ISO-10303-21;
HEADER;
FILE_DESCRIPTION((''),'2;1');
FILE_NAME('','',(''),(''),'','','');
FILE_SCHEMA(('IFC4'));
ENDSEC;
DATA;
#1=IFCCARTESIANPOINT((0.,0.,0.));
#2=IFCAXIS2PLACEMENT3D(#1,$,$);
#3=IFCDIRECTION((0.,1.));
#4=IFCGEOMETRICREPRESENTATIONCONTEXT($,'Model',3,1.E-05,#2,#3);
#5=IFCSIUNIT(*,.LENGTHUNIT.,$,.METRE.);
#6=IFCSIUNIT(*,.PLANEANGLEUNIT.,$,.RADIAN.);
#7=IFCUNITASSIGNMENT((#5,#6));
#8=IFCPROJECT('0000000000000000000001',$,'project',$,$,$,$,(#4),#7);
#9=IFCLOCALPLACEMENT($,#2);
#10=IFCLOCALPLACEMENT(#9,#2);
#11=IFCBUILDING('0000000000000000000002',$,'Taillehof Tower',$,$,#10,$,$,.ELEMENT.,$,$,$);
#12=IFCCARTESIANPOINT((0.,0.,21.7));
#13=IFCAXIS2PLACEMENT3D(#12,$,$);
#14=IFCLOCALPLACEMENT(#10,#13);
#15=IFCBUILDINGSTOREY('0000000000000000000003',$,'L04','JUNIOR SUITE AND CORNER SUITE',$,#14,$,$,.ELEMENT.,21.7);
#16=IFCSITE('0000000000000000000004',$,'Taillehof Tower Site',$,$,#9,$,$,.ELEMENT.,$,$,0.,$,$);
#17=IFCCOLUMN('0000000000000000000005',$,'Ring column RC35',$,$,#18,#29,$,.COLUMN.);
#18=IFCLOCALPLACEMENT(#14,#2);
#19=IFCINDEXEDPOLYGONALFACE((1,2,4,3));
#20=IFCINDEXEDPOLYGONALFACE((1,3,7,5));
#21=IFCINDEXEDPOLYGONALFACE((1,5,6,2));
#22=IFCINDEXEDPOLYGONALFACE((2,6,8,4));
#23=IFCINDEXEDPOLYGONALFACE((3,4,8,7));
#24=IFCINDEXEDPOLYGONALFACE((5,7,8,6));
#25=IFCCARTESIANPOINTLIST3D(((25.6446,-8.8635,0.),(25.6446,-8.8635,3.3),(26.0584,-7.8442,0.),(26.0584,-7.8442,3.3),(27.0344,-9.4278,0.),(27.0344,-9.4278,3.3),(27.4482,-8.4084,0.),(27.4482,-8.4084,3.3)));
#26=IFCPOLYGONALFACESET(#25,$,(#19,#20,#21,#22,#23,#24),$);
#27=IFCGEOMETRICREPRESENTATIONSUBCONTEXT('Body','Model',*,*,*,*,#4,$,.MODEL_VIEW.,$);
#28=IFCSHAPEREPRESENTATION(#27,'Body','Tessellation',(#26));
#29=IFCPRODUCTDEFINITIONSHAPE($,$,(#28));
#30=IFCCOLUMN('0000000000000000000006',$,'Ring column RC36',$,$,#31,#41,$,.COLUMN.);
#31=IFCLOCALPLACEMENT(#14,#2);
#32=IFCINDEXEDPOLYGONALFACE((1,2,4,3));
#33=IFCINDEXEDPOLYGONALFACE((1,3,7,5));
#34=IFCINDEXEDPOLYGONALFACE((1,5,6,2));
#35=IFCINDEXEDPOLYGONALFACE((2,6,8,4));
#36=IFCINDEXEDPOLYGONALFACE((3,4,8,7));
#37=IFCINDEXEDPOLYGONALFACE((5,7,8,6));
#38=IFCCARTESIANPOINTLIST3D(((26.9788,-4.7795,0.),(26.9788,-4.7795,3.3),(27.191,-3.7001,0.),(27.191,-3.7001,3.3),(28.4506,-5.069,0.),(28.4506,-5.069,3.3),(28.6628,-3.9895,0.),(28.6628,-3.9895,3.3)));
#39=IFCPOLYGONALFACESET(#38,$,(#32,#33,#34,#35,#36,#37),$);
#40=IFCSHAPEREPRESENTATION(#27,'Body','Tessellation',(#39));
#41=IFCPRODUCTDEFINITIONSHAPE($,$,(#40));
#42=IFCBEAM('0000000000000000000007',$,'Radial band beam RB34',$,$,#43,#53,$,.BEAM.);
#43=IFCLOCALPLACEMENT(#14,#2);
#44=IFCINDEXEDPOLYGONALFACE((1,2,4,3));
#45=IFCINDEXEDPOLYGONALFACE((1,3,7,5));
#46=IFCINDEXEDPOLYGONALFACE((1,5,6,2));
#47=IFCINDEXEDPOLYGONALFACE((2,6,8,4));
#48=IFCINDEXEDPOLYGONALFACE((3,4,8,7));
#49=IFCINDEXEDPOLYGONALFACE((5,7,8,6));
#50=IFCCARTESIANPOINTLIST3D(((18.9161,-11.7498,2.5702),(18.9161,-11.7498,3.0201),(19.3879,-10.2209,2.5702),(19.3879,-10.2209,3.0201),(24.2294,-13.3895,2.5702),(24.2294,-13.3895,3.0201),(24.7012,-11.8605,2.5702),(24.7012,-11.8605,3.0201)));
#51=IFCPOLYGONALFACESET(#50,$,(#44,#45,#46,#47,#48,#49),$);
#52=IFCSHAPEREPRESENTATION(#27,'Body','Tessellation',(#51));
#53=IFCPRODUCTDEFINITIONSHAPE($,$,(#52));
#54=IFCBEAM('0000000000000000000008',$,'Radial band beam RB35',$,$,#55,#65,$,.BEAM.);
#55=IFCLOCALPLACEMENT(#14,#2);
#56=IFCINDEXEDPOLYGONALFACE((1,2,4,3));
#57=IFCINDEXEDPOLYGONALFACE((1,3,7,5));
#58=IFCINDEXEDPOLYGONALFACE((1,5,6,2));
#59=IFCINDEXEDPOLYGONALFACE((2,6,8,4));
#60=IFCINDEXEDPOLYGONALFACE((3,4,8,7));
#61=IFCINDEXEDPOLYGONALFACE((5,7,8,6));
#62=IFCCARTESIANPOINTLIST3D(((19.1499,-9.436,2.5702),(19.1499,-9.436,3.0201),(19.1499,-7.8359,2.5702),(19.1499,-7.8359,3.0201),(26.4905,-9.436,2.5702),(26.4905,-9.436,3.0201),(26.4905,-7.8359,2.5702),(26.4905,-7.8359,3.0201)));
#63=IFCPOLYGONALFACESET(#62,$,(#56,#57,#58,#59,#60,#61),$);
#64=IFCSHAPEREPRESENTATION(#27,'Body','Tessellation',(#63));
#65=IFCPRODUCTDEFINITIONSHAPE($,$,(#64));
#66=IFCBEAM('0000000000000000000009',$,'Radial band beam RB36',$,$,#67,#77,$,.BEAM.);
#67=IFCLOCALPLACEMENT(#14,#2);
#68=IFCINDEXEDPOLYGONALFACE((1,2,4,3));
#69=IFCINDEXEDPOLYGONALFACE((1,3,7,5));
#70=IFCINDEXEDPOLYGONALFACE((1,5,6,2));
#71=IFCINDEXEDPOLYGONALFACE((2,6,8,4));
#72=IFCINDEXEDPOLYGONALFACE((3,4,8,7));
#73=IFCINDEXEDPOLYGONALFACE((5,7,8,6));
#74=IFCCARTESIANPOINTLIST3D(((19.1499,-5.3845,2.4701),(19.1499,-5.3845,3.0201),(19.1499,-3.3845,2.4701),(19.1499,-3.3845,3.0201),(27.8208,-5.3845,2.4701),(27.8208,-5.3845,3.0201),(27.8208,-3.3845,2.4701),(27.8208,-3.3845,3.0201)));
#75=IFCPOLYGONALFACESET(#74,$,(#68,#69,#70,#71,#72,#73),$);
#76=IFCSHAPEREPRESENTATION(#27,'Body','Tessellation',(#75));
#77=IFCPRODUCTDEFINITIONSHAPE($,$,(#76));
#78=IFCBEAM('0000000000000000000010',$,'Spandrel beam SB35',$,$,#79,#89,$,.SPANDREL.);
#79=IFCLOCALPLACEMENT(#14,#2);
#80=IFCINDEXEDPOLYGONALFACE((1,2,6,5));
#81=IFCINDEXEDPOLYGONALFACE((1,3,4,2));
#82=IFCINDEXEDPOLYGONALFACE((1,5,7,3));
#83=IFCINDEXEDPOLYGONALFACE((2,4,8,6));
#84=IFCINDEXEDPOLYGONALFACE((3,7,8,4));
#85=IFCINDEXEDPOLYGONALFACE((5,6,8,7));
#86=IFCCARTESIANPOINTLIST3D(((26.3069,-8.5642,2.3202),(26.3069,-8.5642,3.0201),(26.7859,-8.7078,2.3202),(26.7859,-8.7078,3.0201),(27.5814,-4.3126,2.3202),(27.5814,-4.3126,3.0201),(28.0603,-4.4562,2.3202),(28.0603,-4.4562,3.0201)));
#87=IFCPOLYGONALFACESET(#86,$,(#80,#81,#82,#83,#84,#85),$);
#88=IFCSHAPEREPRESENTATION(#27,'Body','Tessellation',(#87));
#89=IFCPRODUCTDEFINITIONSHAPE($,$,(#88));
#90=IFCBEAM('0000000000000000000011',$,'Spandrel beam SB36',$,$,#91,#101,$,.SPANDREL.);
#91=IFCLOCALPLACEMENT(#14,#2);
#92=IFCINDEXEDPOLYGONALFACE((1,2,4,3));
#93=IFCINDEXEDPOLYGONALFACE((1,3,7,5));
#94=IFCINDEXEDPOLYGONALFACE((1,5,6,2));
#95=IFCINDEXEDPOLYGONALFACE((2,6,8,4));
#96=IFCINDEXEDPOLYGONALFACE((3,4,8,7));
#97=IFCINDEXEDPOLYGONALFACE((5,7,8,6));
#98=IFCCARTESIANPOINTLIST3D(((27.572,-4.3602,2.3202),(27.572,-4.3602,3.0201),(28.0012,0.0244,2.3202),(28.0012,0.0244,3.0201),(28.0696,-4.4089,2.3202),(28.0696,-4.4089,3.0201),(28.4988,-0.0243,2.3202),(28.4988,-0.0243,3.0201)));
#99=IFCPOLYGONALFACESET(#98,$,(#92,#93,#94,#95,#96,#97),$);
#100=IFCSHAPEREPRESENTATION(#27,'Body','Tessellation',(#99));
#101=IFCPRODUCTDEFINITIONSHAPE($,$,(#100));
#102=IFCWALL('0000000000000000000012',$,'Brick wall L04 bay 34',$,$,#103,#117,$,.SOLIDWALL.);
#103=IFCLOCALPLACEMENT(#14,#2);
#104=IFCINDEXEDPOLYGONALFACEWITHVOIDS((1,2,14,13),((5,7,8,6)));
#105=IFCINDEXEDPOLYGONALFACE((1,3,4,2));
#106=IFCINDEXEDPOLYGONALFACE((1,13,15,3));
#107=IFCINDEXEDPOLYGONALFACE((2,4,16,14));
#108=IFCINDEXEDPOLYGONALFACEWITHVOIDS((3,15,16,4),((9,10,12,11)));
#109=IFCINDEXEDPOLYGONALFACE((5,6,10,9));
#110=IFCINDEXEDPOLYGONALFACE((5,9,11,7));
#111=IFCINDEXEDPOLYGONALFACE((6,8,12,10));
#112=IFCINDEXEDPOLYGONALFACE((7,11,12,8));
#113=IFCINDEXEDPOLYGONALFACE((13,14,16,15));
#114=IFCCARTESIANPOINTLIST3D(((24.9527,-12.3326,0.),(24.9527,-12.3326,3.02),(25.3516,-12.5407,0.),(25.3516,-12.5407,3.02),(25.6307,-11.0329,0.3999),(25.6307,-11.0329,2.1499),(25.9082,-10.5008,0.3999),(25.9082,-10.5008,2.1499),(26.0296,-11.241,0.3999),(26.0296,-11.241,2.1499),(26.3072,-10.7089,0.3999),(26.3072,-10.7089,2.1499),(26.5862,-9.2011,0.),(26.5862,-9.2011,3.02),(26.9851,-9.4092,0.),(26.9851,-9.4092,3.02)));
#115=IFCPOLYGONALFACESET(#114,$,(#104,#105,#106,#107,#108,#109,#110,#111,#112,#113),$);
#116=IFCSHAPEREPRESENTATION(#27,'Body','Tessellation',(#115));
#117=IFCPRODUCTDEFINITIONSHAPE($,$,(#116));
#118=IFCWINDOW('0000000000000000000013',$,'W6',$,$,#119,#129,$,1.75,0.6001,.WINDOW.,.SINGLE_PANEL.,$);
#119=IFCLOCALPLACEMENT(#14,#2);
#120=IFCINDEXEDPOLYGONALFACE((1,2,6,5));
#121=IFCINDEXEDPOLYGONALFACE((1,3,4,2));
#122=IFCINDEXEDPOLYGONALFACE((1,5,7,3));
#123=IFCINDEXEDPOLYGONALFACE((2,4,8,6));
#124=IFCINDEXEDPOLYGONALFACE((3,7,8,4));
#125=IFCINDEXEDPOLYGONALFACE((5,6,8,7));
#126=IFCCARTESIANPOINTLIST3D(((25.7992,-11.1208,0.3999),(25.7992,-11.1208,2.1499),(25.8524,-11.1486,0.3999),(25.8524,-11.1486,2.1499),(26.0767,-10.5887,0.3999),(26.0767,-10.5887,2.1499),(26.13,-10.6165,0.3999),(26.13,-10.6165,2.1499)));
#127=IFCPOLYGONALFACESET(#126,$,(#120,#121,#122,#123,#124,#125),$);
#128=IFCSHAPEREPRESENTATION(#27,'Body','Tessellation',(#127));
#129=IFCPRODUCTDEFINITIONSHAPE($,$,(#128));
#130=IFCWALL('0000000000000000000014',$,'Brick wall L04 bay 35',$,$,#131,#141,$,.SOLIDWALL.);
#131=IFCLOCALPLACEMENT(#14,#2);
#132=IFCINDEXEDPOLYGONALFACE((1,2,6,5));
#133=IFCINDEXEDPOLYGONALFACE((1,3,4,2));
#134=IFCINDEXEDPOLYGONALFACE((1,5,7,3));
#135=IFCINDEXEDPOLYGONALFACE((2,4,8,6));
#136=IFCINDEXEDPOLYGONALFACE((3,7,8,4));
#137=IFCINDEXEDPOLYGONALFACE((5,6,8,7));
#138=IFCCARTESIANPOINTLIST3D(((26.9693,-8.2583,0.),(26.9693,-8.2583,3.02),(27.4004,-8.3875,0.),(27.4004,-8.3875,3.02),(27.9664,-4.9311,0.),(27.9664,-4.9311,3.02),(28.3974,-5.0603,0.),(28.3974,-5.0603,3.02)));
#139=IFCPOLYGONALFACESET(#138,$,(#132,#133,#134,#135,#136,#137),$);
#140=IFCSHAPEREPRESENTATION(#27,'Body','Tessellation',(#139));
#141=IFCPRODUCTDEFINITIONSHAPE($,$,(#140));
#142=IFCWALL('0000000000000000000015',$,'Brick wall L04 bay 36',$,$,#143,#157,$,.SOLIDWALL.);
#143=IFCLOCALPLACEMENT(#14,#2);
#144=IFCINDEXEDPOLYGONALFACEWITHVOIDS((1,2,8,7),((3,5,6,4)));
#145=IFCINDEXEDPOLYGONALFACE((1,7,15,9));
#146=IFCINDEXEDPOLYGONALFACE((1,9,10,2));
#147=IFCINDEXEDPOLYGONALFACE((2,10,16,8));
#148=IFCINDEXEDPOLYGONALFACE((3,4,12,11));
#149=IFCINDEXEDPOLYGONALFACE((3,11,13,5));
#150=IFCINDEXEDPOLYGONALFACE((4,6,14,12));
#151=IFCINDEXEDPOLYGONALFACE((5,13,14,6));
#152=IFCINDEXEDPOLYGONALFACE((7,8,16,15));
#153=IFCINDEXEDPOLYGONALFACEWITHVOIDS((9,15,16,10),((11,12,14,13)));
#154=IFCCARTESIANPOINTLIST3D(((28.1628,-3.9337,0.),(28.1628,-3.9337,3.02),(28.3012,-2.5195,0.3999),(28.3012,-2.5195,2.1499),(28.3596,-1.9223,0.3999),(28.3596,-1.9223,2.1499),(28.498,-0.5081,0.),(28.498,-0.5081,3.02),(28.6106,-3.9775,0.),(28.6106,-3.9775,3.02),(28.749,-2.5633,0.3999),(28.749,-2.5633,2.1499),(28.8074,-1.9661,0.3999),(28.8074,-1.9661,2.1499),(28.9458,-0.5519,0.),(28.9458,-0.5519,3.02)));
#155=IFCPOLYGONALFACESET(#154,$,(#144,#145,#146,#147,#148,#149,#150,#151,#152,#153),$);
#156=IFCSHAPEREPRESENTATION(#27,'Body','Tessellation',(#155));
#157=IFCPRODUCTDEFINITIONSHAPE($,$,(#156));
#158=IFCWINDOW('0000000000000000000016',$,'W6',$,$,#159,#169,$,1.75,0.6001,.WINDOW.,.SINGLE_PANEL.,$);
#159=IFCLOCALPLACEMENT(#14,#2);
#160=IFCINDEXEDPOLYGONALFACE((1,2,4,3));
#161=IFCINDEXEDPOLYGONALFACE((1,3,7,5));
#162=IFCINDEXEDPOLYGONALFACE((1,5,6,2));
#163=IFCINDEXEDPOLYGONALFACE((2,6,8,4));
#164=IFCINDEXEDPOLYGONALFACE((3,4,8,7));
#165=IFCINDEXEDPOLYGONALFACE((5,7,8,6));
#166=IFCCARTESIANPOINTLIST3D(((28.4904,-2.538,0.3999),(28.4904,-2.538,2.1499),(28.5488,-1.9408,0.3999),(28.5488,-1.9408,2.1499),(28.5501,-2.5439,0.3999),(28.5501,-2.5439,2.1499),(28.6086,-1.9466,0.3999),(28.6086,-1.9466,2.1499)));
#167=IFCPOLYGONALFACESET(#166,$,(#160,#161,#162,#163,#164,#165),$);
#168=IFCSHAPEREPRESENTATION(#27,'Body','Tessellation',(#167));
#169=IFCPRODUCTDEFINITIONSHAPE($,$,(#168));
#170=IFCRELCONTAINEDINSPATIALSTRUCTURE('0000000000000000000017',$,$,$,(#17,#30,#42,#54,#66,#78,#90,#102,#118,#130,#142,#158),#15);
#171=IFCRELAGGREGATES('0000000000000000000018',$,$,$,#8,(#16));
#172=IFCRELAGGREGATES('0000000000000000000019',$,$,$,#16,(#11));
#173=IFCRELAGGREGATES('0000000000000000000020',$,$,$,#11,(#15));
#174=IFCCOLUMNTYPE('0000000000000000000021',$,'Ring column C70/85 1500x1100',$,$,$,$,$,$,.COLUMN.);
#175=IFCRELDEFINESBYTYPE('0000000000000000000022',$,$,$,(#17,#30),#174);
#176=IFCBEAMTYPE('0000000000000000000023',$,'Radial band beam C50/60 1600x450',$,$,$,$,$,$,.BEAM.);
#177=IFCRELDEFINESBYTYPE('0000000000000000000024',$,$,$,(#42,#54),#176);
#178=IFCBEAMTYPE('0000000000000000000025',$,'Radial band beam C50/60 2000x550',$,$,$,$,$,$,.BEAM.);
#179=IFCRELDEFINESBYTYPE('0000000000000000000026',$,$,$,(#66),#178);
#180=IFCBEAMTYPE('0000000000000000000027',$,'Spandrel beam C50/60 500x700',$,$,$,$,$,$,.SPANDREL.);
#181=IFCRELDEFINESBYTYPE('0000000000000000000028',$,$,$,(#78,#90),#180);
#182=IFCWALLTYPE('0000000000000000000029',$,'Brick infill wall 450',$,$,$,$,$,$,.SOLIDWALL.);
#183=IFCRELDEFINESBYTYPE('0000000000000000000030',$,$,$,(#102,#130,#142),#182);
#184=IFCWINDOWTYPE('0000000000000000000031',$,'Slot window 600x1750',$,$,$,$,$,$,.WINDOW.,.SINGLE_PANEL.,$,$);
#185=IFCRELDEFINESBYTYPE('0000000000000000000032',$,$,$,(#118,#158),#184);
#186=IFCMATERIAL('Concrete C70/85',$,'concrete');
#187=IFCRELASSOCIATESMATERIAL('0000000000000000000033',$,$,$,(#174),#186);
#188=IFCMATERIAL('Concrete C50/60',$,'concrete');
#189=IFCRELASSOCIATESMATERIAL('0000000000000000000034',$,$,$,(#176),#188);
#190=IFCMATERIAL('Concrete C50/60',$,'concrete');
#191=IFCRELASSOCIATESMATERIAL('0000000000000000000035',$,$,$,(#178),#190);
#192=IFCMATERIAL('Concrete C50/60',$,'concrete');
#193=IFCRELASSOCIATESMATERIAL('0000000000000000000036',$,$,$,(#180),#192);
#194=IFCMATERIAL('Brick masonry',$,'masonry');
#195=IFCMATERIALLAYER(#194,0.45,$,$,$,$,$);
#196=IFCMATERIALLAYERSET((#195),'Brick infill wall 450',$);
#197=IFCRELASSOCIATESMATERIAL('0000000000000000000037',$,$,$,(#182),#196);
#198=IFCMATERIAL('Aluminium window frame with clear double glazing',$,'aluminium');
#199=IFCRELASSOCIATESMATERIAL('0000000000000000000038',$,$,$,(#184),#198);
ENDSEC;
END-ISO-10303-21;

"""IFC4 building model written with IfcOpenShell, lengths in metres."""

from ifc_helpers import new_model, si_unit, direction, frame, frame_2d, origin, origin_2d, place, context, subcontext, project, spatial, rectangle, extrude, material, layer, layer_set, material_profile, profile_set, type_object, element, fill, save


model = new_model("IFC4")

# Units and contexts
model_context = context("Model", 3, precision=1e-05, world=origin(), true_north=direction((0.0, 1.0)))
body_context = subcontext(model_context, "Body", "Model", "MODEL_VIEW")
ifc_project = project(units=[si_unit("LENGTHUNIT", "METRE"), si_unit("PLANEANGLEUNIT", "RADIAN")], contexts=[model_context])

# Site, building, storey
site_placement = place(None, origin())
site = spatial("IfcSite", under=ifc_project, at=site_placement, Name="Taillehof Tower Site", CompositionType="ELEMENT", RefElevation=0.0)
building_placement = place(site_placement, origin())
building = spatial("IfcBuilding", under=site, at=building_placement, Name="Taillehof Tower", CompositionType="ELEMENT")
storey_placement = place(building_placement, frame((0.0, 0.0, 21.7)))
storey = spatial("IfcBuildingStorey", under=building, at=storey_placement, Name="L04", Description="JUNIOR SUITE AND CORNER SUITE", CompositionType="ELEMENT", Elevation=21.7)

# Columns
ifc_material_1 = material(Name="Concrete C70/85", Category="concrete")
ifc_material_profile_1 = material_profile(ifc_material_1, rectangle(XDim=1.5, YDim=1.1001, at=origin_2d()), Name="RC 1500x1100")
ifc_profile_set_1 = profile_set([ifc_material_profile_1], Name="Concrete C70/85")
column_type = type_object("IfcColumnType", Name="Ring column C70/85 1500x1100", PredefinedType="COLUMN", material=ifc_profile_set_1)
for number, where, z_axis, x_axis, name in (
    (1, (26.5464, -8.636, 0.0), (0.0, 0.0, 1.0), (0.926558, -0.376152, 0.0), "Ring column RC35"),
    (2, (27.8208, -4.3845, 0.0), (0.0, 0.0, 1.0), (0.981204, -0.192976, 0.0), "Ring column RC36"),
):
    element("IfcColumn", number, at=place(storey_placement, frame(where, z_axis=z_axis, x_axis=x_axis)), inside=storey, type_object=column_type, Name=name, PredefinedType="COLUMN", context=body_context, shape_type="SweptSolid", body=[
        extrude(rectangle(XDim=1.5, YDim=1.1001, at=origin_2d()), origin(), (0.0, 0.0, 1.0), 3.3),
    ])

# Beams
ifc_material_2 = material(Name="Concrete C50/60", Category="concrete")
ifc_material_profile_2 = material_profile(ifc_material_2, rectangle(XDim=1.6001, YDim=0.45, at=origin_2d()), Name="RC 1600x450")
ifc_profile_set_2 = profile_set([ifc_material_profile_2], Name="Concrete C50/60")
beam_type_1 = type_object("IfcBeamType", Name="Radial band beam C50/60 1600x450", PredefinedType="BEAM", material=ifc_profile_set_2)
beam_1_placement = place(storey_placement, frame((24.4653, -12.625, 2.7952), z_axis=(-0.955536, 0.294876, 0.0), x_axis=(-0.294876, -0.955536, 0.0)))
element("IfcBeam", 3, at=beam_1_placement, inside=storey, type_object=beam_type_1, Name="Radial band beam RB34", PredefinedType="BEAM", context=body_context, shape_type="SweptSolid", body=[
    extrude(rectangle(XDim=1.6001, YDim=0.45, at=origin_2d()), origin(), (0.0, 0.0, 1.0), 5.5605),
])
beam_2_placement = place(storey_placement, frame((26.4905, -8.636, 2.7952), z_axis=(-1.0, 0.0, 0.0), x_axis=(0.0, -1.0, 0.0)))
element("IfcBeam", 4, at=beam_2_placement, inside=storey, type_object=beam_type_1, Name="Radial band beam RB35", PredefinedType="BEAM", context=body_context, shape_type="SweptSolid", body=[
    extrude(rectangle(XDim=1.6001, YDim=0.45, at=origin_2d()), origin(), (0.0, 0.0, 1.0), 7.3406),
])
ifc_material_3 = material(Name="Concrete C50/60", Category="concrete")
ifc_material_profile_3 = material_profile(ifc_material_3, rectangle(XDim=2.0, YDim=0.55, at=origin_2d()), Name="RC 2000x550")
ifc_profile_set_3 = profile_set([ifc_material_profile_3], Name="Concrete C50/60")
beam_type_2 = type_object("IfcBeamType", Name="Radial band beam C50/60 2000x550", PredefinedType="BEAM", material=ifc_profile_set_3)
beam_3_placement = place(storey_placement, frame((27.8208, -4.3845, 2.7451), z_axis=(-1.0, 0.0, 0.0), x_axis=(0.0, -1.0, 0.0)))
element("IfcBeam", 5, at=beam_3_placement, inside=storey, type_object=beam_type_2, Name="Radial band beam RB36", PredefinedType="BEAM", context=body_context, shape_type="SweptSolid", body=[
    extrude(rectangle(XDim=2.0, YDim=0.55, at=origin_2d()), origin(), (0.0, 0.0, 1.0), 8.6709),
])
ifc_material_4 = material(Name="Concrete C50/60", Category="concrete")
ifc_material_profile_4 = material_profile(ifc_material_4, rectangle(XDim=0.5, YDim=0.7, at=origin_2d()), Name="RC 500x700")
ifc_profile_set_4 = profile_set([ifc_material_profile_4], Name="Concrete C50/60")
beam_type_3 = type_object("IfcBeamType", Name="Spandrel beam C50/60 500x700", PredefinedType="SPANDREL", material=ifc_profile_set_4)
beam_4_placement = place(storey_placement, frame((26.5464, -8.636, 2.6702), z_axis=(0.287136, 0.95789, 0.0), x_axis=(-0.95789, 0.287136, 0.0)))
element("IfcBeam", 6, at=beam_4_placement, inside=storey, type_object=beam_type_3, Name="Spandrel beam SB35", PredefinedType="SPANDREL", context=body_context, shape_type="SweptSolid", body=[
    extrude(rectangle(XDim=0.5, YDim=0.7, at=origin_2d()), origin(), (0.0, 0.0, 1.0), 4.4385),
])
beam_5_placement = place(storey_placement, frame((27.8208, -4.3845, 2.6702), z_axis=(0.097424, 0.995243, 0.0), x_axis=(-0.995243, 0.097424, 0.0)))
element("IfcBeam", 7, at=beam_5_placement, inside=storey, type_object=beam_type_3, Name="Spandrel beam SB36", PredefinedType="SPANDREL", context=body_context, shape_type="SweptSolid", body=[
    extrude(rectangle(XDim=0.5, YDim=0.7, at=origin_2d()), origin(), (0.0, 0.0, 1.0), 4.4055),
])

# Wall, opening, window
ifc_material_5 = material(Name="Brick masonry", Category="masonry")
ifc_layer_1 = layer(ifc_material_5, 0.45)
ifc_layer_set_1 = layer_set([ifc_layer_1], Name="Brick infill wall 450")
wall_type_1 = type_object("IfcWallType", Name="Brick infill wall 450", PredefinedType="SOLIDWALL", material=ifc_layer_set_1)
wall_1_placement = place(storey_placement, frame((25.1521, -12.4368, 0.0), z_axis=(0.0, 0.0, 1.0), x_axis=(0.462493, 0.886623, 0.0)))
wall_1 = element("IfcWall", 8, at=wall_1_placement, inside=storey, type_object=wall_type_1, Name="Brick wall L04 bay 34", PredefinedType="SOLIDWALL", context=body_context, shape_type="SweptSolid", body=[
    extrude(rectangle(XDim=3.532, YDim=0.45, at=frame_2d((1.7661, 0.0))), origin(), (0.0, 0.0, 1.0), 3.02),
])
opening_1_placement = place(wall_1_placement, frame((1.4661, 0.0, 0.3999)))
opening_1 = element("IfcOpeningElement", 9, at=opening_1_placement, cuts=wall_1, PredefinedType="OPENING", context=body_context, shape_type="SweptSolid", body=[
    extrude(rectangle(XDim=0.6001, YDim=1.75, at=frame_2d((0.3, 0.875))), frame((0.0, 0.2349, 0.0), z_axis=(0.0, -1.0, 0.0), x_axis=(1.0, 0.0, 0.0)), (0.0, 0.0, 1.0), 0.47),
])
ifc_material_6 = material(Name="Aluminium window frame with clear double glazing", Category="aluminium")
window_type = type_object("IfcWindowType", Name="Slot window 600x1750", PartitioningType="SINGLE_PANEL", PredefinedType="WINDOW", material=ifc_material_6)
window_1_placement = place(opening_1_placement, origin())
window_1 = element("IfcWindow", 10, at=window_1_placement, inside=storey, type_object=window_type, Name="W6", OverallHeight=1.75, OverallWidth=0.6001, PartitioningType="SINGLE_PANEL", PredefinedType="WINDOW", context=body_context, shape_type="SweptSolid", body=[
    extrude(rectangle(XDim=0.6001, YDim=1.75, at=frame_2d((0.3, 0.875))), frame((0.0, 0.0349, 0.0), z_axis=(0.0, -1.0, 0.0), x_axis=(1.0, 0.0, 0.0)), (0.0, 0.0, 1.0), 0.0601),
])
fill(opening_1, window_1)

# Wall
wall_2_placement = place(storey_placement, frame((27.1848, -8.323, 0.0), z_axis=(0.0, 0.0, 1.0), x_axis=(0.287064, 0.957911, 0.0)))
element("IfcWall", 11, at=wall_2_placement, inside=storey, type_object=wall_type_1, Name="Brick wall L04 bay 35", PredefinedType="SOLIDWALL", context=body_context, shape_type="SweptSolid", body=[
    extrude(rectangle(XDim=3.4734, YDim=0.45, at=frame_2d((1.7368, 0.0))), origin(), (0.0, 0.0, 1.0), 3.02),
])

# Wall, opening, window
wall_3_placement = place(storey_placement, frame((28.3867, -3.9556, 0.0), z_axis=(0.0, 0.0, 1.0), x_axis=(0.09739, 0.995246, 0.0)))
wall_3 = element("IfcWall", 12, at=wall_3_placement, inside=storey, type_object=wall_type_1, Name="Brick wall L04 bay 36", PredefinedType="SOLIDWALL", context=body_context, shape_type="SweptSolid", body=[
    extrude(rectangle(XDim=3.4419, YDim=0.45, at=frame_2d((1.7209, 0.0))), origin(), (0.0, 0.0, 1.0), 3.02),
])
opening_2_placement = place(wall_3_placement, frame((1.4209, 0.0, 0.3999)))
opening_2 = element("IfcOpeningElement", 13, at=opening_2_placement, cuts=wall_3, PredefinedType="OPENING", context=body_context, shape_type="SweptSolid", body=[
    extrude(rectangle(XDim=0.6001, YDim=1.75, at=frame_2d((0.3, 0.875))), frame((0.0, 0.2349, 0.0), z_axis=(0.0, -1.0, 0.0), x_axis=(1.0, 0.0, 0.0)), (0.0, 0.0, 1.0), 0.47),
])
window_2_placement = place(opening_2_placement, origin())
window_2 = element("IfcWindow", 14, at=window_2_placement, inside=storey, type_object=window_type, Name="W6", OverallHeight=1.75, OverallWidth=0.6001, PartitioningType="SINGLE_PANEL", PredefinedType="WINDOW", context=body_context, shape_type="SweptSolid", body=[
    extrude(rectangle(XDim=0.6001, YDim=1.75, at=frame_2d((0.3, 0.875))), frame((0.0, 0.0349, 0.0), z_axis=(0.0, -1.0, 0.0), x_axis=(1.0, 0.0, 0.0)), (0.0, 0.0, 1.0), 0.0601),
])
fill(opening_2, window_2)

save(model, "model.ifc")
